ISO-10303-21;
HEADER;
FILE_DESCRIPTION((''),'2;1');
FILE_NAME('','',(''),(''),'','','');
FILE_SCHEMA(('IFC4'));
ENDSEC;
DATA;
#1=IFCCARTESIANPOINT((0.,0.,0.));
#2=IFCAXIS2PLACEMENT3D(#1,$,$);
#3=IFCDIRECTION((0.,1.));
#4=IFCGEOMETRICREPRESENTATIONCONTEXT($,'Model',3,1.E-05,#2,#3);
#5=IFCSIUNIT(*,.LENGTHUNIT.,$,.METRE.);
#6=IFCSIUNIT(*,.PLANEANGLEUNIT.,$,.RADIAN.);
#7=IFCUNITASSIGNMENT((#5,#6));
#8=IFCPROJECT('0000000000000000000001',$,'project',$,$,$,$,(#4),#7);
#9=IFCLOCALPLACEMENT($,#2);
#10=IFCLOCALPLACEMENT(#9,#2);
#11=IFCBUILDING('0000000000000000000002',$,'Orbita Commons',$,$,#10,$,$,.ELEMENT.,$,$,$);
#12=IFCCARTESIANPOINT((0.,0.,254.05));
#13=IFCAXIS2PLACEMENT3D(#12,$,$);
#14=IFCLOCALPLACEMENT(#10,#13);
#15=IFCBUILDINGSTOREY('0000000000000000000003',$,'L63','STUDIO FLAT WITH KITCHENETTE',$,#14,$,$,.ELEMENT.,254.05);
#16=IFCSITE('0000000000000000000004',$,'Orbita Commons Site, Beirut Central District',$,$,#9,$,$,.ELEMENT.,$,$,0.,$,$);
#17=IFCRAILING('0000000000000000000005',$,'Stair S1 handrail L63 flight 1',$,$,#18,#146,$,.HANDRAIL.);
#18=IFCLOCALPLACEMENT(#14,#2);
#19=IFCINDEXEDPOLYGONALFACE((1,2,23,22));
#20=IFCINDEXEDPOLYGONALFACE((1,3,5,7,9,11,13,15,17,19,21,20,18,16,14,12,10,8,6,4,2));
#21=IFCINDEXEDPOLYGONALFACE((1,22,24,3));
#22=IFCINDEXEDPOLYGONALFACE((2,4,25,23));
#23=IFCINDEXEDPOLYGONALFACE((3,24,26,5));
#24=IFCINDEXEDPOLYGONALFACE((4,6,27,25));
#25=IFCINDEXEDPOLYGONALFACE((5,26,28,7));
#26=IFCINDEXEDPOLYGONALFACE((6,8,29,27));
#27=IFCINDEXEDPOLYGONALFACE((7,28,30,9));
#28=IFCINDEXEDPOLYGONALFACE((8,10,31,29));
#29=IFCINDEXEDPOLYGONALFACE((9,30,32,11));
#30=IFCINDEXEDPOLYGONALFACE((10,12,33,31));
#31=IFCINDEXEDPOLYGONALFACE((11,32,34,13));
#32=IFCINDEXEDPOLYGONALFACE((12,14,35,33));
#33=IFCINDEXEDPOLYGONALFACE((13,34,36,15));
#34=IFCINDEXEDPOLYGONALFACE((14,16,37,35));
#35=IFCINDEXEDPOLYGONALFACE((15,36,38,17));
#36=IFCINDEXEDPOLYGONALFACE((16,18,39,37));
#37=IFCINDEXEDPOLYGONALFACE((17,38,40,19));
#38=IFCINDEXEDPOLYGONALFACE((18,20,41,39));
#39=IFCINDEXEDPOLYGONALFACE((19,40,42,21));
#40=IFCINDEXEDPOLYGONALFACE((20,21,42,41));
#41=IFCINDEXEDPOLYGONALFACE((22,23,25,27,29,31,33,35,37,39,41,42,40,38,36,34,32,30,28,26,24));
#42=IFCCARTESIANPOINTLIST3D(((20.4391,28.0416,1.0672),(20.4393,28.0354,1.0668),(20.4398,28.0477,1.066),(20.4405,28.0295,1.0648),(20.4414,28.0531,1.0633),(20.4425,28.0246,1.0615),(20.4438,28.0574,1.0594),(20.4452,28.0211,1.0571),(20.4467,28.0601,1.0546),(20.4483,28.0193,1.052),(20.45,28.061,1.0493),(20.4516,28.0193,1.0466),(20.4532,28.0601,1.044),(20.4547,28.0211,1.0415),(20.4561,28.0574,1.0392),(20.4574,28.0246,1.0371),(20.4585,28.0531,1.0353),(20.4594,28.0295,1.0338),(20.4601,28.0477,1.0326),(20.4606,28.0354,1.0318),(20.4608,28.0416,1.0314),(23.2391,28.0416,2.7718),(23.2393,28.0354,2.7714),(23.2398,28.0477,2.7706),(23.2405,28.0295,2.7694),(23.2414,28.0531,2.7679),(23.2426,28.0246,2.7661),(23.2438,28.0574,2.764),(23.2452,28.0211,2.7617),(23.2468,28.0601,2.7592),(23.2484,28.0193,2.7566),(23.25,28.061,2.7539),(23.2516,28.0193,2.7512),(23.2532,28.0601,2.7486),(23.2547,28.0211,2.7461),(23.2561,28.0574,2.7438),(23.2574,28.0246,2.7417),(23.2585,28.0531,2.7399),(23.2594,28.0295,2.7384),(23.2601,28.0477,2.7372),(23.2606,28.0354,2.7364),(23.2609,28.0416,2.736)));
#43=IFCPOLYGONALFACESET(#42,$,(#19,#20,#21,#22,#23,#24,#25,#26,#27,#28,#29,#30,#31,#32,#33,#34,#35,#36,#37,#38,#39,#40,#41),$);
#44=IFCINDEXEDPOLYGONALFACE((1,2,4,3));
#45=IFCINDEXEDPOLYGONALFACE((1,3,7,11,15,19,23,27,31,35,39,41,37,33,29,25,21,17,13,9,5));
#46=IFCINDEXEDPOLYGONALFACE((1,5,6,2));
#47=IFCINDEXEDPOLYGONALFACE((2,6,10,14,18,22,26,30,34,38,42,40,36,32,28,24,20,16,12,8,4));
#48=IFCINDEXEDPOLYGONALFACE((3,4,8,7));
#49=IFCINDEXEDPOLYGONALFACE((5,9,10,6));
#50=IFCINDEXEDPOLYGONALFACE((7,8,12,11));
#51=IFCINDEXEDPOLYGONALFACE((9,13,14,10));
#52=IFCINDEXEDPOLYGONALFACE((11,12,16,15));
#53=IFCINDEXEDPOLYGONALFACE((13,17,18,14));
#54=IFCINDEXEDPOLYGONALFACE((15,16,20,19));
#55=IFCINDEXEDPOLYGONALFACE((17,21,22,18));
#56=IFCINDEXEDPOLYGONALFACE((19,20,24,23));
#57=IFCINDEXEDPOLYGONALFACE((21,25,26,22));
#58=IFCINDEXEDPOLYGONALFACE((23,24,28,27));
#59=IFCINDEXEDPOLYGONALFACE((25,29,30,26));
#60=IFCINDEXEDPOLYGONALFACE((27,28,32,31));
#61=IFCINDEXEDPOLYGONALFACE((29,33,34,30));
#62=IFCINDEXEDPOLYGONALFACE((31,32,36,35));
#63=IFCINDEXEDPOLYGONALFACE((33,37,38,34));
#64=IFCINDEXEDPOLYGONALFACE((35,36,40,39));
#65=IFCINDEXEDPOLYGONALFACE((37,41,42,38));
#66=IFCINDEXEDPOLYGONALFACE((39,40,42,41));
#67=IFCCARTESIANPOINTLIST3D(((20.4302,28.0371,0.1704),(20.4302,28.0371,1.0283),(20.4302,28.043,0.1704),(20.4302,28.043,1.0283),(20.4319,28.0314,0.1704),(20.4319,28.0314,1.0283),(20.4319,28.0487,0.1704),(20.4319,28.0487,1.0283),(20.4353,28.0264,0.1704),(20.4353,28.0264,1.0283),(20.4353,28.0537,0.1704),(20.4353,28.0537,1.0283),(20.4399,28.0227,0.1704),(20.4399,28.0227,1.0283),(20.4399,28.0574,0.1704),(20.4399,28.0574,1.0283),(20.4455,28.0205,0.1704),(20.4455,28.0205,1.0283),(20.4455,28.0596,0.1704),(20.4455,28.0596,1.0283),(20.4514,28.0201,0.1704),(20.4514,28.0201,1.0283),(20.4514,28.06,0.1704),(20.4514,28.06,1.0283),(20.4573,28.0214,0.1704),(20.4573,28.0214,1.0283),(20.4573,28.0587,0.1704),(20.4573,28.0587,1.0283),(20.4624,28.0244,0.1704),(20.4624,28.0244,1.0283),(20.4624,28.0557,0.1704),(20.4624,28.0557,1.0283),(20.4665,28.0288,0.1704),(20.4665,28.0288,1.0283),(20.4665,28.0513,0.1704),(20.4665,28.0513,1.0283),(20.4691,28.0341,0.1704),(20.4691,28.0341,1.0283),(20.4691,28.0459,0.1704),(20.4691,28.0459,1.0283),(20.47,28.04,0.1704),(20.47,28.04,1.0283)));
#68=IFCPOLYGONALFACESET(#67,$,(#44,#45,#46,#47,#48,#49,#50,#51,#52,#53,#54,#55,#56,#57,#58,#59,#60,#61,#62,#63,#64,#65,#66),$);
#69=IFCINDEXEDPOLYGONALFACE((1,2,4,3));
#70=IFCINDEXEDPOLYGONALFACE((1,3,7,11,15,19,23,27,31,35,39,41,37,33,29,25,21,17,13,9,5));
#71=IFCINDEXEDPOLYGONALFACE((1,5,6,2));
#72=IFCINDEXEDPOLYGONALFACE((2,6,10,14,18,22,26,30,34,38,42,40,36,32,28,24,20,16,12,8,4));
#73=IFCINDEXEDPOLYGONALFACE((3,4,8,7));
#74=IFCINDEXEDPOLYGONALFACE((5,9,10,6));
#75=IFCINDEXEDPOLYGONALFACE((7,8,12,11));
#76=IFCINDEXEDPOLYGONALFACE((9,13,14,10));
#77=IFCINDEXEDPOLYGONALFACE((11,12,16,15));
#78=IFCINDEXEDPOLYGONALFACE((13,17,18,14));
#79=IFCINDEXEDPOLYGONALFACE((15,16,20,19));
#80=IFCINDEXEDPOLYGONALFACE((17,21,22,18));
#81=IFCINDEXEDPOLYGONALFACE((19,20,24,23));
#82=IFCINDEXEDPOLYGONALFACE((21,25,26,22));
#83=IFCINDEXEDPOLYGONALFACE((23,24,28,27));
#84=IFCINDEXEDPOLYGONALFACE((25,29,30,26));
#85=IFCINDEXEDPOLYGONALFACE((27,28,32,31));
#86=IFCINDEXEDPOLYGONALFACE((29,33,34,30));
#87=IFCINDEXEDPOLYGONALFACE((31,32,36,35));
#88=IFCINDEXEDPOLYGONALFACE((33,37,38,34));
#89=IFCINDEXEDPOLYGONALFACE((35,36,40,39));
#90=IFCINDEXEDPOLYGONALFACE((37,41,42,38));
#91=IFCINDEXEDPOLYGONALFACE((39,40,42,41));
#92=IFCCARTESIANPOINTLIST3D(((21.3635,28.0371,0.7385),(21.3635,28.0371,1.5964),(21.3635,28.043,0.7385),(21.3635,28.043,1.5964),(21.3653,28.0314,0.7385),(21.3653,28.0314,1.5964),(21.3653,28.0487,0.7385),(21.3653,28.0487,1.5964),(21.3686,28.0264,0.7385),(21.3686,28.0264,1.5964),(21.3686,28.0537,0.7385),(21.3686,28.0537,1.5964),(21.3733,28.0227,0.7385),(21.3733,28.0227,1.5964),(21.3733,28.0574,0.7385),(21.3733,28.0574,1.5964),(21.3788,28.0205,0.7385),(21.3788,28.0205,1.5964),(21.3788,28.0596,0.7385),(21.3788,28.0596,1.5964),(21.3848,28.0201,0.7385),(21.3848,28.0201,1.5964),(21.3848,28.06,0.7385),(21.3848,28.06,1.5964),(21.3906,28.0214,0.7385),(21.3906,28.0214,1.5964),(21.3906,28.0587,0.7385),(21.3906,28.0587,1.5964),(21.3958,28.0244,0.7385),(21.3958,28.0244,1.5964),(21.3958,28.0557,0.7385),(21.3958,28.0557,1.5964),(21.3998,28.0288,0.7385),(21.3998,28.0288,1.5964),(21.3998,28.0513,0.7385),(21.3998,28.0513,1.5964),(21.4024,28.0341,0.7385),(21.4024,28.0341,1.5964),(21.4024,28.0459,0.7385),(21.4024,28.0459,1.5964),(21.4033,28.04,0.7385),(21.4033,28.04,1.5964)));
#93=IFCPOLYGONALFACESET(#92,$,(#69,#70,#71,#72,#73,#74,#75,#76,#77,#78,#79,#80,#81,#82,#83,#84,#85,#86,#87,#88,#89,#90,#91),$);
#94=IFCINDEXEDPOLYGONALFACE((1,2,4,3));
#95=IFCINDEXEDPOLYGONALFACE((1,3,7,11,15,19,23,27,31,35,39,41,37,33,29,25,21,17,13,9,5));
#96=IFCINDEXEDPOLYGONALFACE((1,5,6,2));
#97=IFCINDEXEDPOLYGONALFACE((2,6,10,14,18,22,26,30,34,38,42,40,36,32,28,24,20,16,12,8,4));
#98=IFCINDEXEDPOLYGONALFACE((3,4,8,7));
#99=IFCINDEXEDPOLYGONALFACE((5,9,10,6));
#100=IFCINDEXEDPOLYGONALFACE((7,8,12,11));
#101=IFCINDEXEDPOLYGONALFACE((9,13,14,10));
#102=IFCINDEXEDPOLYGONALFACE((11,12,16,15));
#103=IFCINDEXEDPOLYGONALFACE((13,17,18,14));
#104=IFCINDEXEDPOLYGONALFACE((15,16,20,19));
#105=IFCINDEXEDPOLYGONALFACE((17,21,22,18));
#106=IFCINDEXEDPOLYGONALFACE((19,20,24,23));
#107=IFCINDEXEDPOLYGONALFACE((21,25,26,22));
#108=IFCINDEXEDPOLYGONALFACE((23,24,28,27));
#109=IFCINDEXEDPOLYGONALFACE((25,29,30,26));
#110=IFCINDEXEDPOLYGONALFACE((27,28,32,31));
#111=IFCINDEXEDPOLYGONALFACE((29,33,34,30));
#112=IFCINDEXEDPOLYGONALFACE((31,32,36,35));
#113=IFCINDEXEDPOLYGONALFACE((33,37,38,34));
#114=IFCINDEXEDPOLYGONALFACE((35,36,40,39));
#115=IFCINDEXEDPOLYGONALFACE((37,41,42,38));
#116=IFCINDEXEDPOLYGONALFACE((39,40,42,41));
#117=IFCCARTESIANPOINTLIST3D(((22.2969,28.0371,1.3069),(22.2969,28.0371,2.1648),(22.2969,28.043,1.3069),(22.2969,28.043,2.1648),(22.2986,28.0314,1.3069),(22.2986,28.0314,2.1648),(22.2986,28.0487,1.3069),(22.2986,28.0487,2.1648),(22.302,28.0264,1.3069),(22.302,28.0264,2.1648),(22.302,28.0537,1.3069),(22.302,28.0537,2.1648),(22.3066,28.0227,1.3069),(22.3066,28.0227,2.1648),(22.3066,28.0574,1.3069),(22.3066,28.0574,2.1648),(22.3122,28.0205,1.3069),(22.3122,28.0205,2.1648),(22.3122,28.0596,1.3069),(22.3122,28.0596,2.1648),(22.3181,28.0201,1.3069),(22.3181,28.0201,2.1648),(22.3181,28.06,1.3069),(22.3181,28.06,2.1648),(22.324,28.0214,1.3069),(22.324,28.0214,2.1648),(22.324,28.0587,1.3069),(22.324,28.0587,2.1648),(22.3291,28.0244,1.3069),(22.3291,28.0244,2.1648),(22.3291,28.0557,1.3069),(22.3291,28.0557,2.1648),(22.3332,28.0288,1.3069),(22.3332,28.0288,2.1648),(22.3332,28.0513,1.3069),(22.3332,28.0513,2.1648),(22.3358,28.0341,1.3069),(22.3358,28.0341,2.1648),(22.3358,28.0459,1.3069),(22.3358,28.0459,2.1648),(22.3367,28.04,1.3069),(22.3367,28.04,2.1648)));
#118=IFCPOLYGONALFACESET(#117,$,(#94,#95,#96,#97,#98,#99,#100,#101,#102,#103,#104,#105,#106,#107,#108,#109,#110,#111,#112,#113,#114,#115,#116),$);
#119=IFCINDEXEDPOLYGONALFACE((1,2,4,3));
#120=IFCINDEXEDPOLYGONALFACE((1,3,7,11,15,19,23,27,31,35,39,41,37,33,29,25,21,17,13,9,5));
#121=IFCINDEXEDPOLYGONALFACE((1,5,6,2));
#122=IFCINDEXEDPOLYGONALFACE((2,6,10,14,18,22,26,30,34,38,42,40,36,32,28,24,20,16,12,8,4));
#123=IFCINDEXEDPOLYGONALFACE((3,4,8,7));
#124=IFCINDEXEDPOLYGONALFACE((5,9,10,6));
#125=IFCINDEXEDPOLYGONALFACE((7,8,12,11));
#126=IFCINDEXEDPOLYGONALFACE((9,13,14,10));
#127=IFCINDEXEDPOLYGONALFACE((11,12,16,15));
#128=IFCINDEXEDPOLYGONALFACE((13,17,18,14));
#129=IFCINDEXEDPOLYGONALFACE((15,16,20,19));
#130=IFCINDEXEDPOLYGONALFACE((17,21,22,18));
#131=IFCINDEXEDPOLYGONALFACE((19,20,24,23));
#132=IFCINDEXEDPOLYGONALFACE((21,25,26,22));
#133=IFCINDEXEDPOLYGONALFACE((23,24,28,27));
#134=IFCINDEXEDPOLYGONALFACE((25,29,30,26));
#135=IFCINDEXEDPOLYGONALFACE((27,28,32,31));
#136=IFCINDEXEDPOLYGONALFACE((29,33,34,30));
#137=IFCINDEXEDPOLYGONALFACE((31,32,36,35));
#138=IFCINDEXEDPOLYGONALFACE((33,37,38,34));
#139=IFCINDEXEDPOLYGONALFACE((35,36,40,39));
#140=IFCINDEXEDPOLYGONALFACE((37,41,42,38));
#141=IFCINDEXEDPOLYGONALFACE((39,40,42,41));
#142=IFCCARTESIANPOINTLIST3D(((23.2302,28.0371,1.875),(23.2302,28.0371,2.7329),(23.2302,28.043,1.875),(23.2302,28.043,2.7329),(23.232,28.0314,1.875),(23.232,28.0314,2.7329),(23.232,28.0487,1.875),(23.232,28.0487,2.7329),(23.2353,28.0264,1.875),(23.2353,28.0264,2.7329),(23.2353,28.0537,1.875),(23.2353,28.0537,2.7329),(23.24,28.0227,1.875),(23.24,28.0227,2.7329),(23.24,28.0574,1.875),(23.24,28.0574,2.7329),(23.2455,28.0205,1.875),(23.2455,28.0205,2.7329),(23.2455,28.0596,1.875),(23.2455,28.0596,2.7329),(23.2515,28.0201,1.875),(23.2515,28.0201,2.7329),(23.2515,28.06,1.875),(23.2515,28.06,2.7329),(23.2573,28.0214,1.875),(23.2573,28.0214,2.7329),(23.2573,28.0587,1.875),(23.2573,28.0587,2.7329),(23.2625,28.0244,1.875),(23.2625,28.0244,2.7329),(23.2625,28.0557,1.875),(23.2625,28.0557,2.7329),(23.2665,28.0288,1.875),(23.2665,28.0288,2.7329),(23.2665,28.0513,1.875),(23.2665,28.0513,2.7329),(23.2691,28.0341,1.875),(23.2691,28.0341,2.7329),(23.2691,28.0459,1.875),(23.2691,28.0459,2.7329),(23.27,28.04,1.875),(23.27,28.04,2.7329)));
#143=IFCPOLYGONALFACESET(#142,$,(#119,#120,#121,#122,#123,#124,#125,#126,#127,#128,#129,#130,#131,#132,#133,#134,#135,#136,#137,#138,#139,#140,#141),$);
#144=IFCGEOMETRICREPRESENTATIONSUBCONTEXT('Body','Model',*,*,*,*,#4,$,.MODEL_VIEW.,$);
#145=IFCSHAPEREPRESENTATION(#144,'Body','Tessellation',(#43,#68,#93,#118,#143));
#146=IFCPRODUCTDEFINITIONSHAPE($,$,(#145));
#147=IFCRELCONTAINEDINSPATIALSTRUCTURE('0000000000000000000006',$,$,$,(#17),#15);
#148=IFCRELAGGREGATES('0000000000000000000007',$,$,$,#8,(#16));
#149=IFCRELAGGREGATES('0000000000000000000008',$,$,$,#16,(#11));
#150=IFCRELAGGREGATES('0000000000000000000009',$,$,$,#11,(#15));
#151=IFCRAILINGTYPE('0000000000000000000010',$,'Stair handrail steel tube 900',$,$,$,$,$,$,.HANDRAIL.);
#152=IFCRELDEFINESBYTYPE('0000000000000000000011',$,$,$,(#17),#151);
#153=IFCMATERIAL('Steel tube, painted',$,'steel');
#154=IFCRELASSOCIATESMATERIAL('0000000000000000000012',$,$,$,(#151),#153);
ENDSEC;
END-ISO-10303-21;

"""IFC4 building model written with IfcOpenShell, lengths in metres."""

from ifc_helpers import new_model, si_unit, direction, frame, origin, origin_2d, place, context, subcontext, project, spatial, circle, extrude, material, type_object, element, save


model = new_model("IFC4")

# Units and contexts
model_context = context("Model", 3, precision=1e-05, world=origin(), true_north=direction((0.0, 1.0)))
body_context = subcontext(model_context, "Body", "Model", "MODEL_VIEW")
ifc_project = project(units=[si_unit("LENGTHUNIT", "METRE"), si_unit("PLANEANGLEUNIT", "RADIAN")], contexts=[model_context])

# Site, building, storey
site_placement = place(None, origin())
site = spatial("IfcSite", under=ifc_project, at=site_placement, Name="Orbita Commons Site, Beirut Central District", CompositionType="ELEMENT", RefElevation=0.0)
building_placement = place(site_placement, origin())
building = spatial("IfcBuilding", under=site, at=building_placement, Name="Orbita Commons", CompositionType="ELEMENT")
storey_placement = place(building_placement, frame((0.0, 0.0, 254.05)))
storey = spatial("IfcBuildingStorey", under=building, at=storey_placement, Name="L63", Description="STUDIO FLAT WITH KITCHENETTE", CompositionType="ELEMENT", Elevation=254.05)

# Railing
ifc_material_1 = material(Name="Steel tube, painted", Category="steel")
railing_type = type_object("IfcRailingType", Name="Stair handrail steel tube 900", PredefinedType="HANDRAIL", material=ifc_material_1)
for number, where, name in (
    (1, (20.45, 28.04, 0.1704), "Stair S1 handrail L63 flight 1"),
):
    element("IfcRailing", number, at=place(storey_placement, frame(where)), inside=storey, type_object=railing_type, Name=name, PredefinedType="HANDRAIL", context=body_context, shape_type="SweptSolid", body=[
        extrude(circle(Radius=0.021, at=origin_2d()), frame((0.0, 0.0, 0.8789), z_axis=(0.85417, 0.0, 0.519994), x_axis=(0.0, 1.0, 0.0)), (0.0, 0.0, 1.0), 3.2781),
        extrude(circle(Radius=0.02, at=origin_2d()), origin(), (0.0, 0.0, 1.0), 0.8579),
        extrude(circle(Radius=0.02, at=origin_2d()), frame((0.9333, 0.0, 0.5681)), (0.0, 0.0, 1.0), 0.8579),
        extrude(circle(Radius=0.02, at=origin_2d()), frame((1.8667, 0.0, 1.1365)), (0.0, 0.0, 1.0), 0.8579),
        extrude(circle(Radius=0.02, at=origin_2d()), frame((2.8, 0.0, 1.7046)), (0.0, 0.0, 1.0), 0.8579),
    ])

save(model, "model.ifc")
